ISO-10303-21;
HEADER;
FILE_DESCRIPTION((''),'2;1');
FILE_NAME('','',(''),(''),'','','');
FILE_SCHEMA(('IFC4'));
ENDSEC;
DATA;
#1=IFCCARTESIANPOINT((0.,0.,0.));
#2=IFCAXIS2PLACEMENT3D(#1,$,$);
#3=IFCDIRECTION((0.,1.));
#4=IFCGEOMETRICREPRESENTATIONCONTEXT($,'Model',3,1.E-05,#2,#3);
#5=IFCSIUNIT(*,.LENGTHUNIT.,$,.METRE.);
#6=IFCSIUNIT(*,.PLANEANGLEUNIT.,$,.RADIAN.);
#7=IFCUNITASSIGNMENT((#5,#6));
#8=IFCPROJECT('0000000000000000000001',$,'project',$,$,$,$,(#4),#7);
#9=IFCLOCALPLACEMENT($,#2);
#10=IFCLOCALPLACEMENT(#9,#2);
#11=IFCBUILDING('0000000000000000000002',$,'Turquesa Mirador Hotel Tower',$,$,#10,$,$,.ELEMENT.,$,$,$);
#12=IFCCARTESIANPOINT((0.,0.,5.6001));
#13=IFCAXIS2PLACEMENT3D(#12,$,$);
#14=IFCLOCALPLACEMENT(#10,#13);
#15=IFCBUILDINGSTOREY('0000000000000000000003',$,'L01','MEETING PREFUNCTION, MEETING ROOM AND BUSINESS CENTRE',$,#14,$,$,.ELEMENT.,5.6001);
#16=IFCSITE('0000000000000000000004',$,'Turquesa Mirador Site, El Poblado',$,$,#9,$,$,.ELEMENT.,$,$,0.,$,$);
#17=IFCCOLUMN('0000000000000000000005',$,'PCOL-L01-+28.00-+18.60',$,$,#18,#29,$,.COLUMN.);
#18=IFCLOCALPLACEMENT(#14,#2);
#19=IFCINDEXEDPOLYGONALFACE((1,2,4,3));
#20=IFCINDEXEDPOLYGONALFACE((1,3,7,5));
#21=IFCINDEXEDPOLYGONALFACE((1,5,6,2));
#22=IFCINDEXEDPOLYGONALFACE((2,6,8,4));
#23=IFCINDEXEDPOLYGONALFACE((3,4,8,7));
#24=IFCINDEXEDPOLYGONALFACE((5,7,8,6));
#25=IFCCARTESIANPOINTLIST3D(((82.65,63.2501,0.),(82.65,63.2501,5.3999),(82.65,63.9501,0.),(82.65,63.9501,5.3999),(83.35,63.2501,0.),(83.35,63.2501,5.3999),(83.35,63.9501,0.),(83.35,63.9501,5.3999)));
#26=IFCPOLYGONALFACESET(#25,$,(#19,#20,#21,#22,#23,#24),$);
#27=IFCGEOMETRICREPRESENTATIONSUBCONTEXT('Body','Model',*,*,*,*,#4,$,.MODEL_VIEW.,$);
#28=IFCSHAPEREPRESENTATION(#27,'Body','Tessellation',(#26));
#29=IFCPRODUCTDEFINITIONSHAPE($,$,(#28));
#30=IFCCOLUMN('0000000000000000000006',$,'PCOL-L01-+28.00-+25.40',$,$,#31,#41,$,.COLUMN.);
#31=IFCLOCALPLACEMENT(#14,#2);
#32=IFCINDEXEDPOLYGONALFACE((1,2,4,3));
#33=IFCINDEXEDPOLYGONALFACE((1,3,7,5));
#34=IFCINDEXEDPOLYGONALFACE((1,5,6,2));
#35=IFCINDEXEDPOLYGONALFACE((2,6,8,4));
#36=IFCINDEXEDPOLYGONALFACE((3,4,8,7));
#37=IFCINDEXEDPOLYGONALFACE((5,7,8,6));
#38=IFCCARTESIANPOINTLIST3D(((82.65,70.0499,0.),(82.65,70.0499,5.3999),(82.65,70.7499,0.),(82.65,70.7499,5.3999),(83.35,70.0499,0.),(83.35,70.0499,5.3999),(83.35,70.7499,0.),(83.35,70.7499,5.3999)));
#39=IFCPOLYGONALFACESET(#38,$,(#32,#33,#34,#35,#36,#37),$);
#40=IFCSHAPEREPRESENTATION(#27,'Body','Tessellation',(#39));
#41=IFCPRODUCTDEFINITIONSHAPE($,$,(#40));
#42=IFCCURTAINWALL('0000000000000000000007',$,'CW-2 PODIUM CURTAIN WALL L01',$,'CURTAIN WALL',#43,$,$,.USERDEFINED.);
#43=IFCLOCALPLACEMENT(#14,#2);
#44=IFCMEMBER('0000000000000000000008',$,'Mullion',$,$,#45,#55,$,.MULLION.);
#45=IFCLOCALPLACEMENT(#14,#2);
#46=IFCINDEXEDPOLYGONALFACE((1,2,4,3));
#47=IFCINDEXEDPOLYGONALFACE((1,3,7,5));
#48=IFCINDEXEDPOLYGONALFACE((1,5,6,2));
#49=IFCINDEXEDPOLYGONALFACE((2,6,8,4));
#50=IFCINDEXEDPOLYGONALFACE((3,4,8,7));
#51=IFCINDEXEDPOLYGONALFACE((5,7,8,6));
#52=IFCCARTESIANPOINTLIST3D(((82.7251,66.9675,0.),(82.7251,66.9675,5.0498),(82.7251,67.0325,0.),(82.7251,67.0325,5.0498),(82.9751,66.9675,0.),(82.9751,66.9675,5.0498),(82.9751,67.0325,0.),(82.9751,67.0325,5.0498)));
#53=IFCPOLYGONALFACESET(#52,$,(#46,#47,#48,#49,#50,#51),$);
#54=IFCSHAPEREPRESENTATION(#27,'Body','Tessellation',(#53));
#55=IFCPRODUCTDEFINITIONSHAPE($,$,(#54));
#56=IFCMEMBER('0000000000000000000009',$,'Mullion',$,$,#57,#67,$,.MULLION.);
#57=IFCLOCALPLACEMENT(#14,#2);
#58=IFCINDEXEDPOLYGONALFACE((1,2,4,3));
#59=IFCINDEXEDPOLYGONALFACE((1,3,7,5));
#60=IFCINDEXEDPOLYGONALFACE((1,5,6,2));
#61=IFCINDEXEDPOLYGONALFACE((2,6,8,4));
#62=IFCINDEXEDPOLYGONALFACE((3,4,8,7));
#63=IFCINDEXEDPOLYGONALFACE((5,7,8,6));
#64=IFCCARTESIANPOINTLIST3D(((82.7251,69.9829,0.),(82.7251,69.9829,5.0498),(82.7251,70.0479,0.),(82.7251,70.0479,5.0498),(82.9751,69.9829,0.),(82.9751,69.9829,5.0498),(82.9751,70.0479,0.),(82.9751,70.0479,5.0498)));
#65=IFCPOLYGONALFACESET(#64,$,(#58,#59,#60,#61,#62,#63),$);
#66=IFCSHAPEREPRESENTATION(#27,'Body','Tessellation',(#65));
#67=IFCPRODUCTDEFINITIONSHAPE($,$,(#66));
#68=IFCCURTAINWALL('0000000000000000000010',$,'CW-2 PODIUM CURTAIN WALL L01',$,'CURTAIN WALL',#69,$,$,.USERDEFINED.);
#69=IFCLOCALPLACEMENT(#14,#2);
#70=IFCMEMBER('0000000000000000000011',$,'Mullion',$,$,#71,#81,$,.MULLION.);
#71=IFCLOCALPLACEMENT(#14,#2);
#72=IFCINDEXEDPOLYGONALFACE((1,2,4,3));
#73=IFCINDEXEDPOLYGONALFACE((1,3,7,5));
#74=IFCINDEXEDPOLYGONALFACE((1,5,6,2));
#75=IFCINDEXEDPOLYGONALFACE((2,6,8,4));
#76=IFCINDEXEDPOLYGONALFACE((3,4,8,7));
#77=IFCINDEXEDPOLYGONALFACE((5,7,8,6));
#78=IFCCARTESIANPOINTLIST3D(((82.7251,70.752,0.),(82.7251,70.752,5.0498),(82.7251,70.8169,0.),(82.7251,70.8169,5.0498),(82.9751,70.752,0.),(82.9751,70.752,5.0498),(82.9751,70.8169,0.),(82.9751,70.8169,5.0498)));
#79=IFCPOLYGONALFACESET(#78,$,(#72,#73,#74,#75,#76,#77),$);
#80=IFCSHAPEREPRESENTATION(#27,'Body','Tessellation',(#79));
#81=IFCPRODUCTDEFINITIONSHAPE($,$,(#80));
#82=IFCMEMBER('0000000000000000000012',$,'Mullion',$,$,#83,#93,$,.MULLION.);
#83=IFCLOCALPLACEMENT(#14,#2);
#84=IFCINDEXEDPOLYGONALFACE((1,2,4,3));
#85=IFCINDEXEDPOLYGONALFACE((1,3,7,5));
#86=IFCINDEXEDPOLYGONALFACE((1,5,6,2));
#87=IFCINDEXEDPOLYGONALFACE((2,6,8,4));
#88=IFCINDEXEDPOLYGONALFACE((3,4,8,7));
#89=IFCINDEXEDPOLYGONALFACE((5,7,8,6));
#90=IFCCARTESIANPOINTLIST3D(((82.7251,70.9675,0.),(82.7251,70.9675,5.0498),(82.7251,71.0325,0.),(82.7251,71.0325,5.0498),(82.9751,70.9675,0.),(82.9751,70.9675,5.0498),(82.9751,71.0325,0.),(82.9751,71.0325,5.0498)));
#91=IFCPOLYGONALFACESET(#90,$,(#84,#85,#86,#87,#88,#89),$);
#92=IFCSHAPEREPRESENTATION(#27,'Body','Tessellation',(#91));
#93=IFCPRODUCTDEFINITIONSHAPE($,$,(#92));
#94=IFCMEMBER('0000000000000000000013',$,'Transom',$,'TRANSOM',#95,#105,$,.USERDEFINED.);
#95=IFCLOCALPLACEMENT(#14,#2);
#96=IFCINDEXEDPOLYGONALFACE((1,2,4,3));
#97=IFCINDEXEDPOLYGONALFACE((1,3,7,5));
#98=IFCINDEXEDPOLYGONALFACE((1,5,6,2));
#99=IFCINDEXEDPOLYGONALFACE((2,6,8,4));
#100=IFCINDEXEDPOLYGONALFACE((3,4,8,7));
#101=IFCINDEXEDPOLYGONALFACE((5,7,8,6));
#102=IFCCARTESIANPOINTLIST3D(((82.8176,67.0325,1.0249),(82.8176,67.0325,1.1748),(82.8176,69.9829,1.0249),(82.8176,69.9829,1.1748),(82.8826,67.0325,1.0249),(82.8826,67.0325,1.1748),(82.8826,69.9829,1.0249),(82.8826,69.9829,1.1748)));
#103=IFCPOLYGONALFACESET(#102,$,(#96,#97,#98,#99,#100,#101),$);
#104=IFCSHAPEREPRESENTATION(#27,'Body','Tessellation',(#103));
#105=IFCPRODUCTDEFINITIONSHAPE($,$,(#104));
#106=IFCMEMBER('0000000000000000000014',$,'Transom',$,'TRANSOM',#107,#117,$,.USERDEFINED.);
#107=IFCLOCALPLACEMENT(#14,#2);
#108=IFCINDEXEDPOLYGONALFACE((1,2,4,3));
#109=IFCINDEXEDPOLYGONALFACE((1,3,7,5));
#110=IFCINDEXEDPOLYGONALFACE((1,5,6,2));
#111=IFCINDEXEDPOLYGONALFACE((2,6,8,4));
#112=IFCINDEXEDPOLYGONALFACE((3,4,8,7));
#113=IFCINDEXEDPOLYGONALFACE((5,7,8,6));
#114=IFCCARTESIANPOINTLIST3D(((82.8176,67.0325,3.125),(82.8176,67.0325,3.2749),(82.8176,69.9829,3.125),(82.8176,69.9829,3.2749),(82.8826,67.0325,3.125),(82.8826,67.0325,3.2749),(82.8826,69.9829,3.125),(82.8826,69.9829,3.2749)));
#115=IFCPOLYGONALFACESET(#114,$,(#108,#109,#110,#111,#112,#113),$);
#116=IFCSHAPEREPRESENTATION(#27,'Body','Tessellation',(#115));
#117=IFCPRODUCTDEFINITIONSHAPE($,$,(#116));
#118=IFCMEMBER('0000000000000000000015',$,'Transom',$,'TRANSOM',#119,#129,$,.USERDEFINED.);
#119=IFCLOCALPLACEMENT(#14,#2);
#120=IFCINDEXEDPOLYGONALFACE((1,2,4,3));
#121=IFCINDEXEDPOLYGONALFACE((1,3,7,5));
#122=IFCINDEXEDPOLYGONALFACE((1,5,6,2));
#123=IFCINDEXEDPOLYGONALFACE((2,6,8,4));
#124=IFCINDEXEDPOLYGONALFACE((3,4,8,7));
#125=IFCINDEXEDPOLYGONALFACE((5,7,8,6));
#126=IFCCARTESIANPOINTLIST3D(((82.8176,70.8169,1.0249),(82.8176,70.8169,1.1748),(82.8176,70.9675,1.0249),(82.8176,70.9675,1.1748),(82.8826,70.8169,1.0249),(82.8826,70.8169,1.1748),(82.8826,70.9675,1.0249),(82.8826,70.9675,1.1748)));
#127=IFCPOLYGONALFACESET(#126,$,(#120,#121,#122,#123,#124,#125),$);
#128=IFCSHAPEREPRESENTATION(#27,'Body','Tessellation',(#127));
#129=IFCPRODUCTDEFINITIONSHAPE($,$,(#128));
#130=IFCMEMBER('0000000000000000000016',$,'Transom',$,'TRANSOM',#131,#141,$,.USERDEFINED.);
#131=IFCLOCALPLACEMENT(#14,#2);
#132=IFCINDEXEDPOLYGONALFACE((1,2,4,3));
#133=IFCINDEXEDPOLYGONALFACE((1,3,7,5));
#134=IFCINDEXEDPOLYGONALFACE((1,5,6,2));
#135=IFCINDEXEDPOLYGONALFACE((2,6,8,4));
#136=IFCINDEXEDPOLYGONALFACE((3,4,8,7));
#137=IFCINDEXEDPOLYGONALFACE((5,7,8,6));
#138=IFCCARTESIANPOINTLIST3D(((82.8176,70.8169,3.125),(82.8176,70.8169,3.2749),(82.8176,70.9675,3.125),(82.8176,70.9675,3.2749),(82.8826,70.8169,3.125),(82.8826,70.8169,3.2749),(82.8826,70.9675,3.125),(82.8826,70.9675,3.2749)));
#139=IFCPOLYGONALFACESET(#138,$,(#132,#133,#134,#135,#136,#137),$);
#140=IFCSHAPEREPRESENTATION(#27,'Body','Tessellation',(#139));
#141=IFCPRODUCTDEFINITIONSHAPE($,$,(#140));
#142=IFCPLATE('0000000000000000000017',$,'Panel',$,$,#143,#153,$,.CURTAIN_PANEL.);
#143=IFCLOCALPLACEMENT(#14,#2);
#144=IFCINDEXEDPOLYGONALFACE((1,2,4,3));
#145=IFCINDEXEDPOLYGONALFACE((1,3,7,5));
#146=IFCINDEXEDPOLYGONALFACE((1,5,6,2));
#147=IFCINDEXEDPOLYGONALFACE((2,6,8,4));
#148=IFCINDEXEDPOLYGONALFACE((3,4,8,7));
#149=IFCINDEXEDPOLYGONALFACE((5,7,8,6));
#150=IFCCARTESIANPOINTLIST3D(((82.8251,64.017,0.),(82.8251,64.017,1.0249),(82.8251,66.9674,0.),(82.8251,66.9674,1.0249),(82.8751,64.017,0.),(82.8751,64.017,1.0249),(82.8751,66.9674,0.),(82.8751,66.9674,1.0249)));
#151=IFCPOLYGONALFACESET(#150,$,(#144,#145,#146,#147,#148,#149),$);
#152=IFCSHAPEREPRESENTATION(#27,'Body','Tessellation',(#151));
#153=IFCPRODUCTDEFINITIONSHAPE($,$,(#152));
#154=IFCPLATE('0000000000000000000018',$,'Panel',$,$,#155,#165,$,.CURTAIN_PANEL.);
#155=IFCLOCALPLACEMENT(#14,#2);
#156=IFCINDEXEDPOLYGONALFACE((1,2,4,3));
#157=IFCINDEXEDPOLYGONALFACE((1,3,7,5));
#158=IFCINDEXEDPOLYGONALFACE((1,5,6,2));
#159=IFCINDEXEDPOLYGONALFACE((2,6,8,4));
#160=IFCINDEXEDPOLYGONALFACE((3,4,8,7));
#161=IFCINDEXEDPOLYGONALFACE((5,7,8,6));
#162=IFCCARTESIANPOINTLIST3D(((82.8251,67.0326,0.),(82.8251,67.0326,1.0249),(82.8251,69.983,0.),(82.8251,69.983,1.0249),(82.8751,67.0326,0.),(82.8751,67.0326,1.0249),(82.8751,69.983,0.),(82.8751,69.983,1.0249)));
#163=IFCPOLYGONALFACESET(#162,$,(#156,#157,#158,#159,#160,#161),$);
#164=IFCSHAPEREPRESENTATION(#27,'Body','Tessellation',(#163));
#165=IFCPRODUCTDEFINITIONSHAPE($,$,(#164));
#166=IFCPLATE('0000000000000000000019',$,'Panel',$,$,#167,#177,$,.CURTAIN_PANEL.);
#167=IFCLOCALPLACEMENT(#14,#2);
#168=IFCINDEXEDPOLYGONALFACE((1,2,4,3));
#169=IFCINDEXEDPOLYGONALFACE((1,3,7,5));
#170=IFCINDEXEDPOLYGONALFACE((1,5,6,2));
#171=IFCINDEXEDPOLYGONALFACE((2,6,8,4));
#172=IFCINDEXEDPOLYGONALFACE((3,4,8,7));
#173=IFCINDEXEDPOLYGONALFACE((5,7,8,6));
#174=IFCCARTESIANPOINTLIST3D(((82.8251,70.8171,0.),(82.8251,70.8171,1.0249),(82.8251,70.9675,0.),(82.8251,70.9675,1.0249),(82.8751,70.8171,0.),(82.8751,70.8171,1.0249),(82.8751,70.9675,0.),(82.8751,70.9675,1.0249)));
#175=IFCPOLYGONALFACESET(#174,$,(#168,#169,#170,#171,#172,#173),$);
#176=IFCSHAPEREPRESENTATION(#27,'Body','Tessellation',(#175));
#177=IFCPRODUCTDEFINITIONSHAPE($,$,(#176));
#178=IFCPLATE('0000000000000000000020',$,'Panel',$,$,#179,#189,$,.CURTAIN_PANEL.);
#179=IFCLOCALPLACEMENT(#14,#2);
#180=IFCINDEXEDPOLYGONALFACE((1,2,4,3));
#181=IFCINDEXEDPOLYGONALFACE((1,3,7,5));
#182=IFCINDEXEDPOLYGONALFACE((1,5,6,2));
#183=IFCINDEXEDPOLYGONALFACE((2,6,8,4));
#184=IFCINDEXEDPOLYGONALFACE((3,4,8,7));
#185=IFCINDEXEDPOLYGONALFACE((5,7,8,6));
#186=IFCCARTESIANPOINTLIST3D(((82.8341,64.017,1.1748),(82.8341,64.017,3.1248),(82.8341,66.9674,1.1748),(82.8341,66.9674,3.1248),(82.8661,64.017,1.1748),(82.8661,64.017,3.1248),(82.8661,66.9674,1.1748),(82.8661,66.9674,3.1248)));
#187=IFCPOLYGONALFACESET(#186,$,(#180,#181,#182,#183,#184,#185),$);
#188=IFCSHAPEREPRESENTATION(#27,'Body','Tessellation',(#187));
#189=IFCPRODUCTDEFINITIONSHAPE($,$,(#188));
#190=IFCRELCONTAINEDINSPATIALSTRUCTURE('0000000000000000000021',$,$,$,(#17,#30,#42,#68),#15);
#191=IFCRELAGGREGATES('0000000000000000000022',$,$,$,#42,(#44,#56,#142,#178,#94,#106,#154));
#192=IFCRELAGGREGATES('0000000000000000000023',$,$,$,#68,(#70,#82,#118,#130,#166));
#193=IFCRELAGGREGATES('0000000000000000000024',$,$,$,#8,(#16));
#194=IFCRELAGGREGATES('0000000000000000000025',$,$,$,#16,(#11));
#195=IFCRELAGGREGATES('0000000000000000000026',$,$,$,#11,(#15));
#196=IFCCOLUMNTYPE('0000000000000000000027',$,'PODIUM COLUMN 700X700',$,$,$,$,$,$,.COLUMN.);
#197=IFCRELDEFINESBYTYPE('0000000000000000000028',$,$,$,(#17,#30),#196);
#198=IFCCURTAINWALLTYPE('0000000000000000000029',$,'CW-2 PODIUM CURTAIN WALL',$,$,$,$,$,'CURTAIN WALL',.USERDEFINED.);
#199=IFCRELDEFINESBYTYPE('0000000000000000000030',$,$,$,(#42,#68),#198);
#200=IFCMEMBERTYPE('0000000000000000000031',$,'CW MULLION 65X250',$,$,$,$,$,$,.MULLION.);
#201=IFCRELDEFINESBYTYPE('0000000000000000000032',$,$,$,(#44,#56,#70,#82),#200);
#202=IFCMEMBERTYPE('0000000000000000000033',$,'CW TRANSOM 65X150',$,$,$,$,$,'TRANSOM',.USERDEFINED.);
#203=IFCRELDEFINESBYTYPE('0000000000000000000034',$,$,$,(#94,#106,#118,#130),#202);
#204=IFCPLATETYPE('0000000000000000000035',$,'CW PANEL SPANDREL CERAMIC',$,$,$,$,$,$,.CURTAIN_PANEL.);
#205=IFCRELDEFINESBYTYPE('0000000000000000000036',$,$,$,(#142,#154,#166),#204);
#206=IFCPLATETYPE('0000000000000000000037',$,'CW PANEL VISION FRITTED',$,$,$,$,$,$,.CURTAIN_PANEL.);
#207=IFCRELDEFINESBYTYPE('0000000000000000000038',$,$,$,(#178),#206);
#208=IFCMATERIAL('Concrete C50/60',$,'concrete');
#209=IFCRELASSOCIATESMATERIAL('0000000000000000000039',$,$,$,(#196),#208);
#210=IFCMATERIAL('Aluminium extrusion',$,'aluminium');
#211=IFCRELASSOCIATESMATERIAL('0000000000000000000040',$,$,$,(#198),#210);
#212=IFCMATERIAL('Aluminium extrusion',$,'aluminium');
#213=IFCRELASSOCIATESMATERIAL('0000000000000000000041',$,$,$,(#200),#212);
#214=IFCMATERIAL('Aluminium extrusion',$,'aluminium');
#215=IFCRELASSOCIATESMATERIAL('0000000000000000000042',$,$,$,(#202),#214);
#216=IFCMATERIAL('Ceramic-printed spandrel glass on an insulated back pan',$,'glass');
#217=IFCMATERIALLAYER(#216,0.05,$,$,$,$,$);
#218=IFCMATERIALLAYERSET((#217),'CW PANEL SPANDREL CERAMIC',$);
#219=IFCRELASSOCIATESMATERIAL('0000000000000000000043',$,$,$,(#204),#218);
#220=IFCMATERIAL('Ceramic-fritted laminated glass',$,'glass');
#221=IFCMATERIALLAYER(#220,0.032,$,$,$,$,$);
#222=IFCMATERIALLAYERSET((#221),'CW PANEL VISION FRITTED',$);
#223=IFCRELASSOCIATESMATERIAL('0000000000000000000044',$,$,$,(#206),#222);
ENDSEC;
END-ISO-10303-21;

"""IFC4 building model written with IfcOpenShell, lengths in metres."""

from ifc_helpers import new_model, si_unit, direction, frame, origin, origin_2d, place, context, subcontext, project, spatial, rectangle, extrude, material, layer, layer_set, material_profile, profile_set, type_object, element, aggregate, save


model = new_model("IFC4")

# Units and contexts
model_context = context("Model", 3, precision=1e-05, world=origin(), true_north=direction((0.0, 1.0)))
body_context = subcontext(model_context, "Body", "Model", "MODEL_VIEW")
ifc_project = project(units=[si_unit("LENGTHUNIT", "METRE"), si_unit("PLANEANGLEUNIT", "RADIAN")], contexts=[model_context])

# Site, building, storey
site_placement = place(None, origin())
site = spatial("IfcSite", under=ifc_project, at=site_placement, Name="Turquesa Mirador Site, El Poblado", CompositionType="ELEMENT", RefElevation=0.0)
building_placement = place(site_placement, origin())
building = spatial("IfcBuilding", under=site, at=building_placement, Name="Turquesa Mirador Hotel Tower", CompositionType="ELEMENT")
storey_placement = place(building_placement, frame((0.0, 0.0, 5.6001)))
storey = spatial("IfcBuildingStorey", under=building, at=storey_placement, Name="L01", Description="MEETING PREFUNCTION, MEETING ROOM AND BUSINESS CENTRE", CompositionType="ELEMENT", Elevation=5.6001)

# Columns
ifc_material_1 = material(Name="Concrete C50/60", Category="concrete")
ifc_material_profile_1 = material_profile(ifc_material_1, rectangle(XDim=0.7, YDim=0.7, at=origin_2d()), Name="RC 700X700")
ifc_profile_set_1 = profile_set([ifc_material_profile_1], Name="Concrete C50/60")
column_type = type_object("IfcColumnType", Name="PODIUM COLUMN 700X700", PredefinedType="COLUMN", material=ifc_profile_set_1)
for number, where, z_axis, x_axis, name in (
    (1, (83.0, 63.6001, 0.0), (0.0, 0.0, 1.0), (1.0, 0.0, 0.0), "PCOL-L01-+28.00-+18.60"),
    (2, (83.0, 70.3999, 0.0), (0.0, 0.0, 1.0), (1.0, 0.0, 0.0), "PCOL-L01-+28.00-+25.40"),
):
    element("IfcColumn", number, at=place(storey_placement, frame(where, z_axis=z_axis, x_axis=x_axis)), inside=storey, type_object=column_type, Name=name, PredefinedType="COLUMN", context=body_context, shape_type="SweptSolid", body=[
        extrude(rectangle(XDim=0.7, YDim=0.7, at=origin_2d()), origin(), (0.0, 0.0, 1.0), 5.3999),
    ])

# Curtain walls, members
ifc_material_2 = material(Name="Aluminium extrusion", Category="aluminium")
curtain_wall_type = type_object("IfcCurtainWallType", Name="CW-2 PODIUM CURTAIN WALL", ElementType="CURTAIN WALL", PredefinedType="USERDEFINED", material=ifc_material_2)
curtain_wall_1_placement = place(storey_placement, origin())
curtain_wall_1 = element("IfcCurtainWall", 3, at=curtain_wall_1_placement, inside=storey, type_object=curtain_wall_type, Name="CW-2 PODIUM CURTAIN WALL L01", ObjectType="CURTAIN WALL", PredefinedType="USERDEFINED")
ifc_material_3 = material(Name="Aluminium extrusion", Category="aluminium")
ifc_material_profile_2 = material_profile(ifc_material_3, rectangle(XDim=0.0649, YDim=0.25, at=origin_2d()), Name="MULLION 65X250")
ifc_profile_set_2 = profile_set([ifc_material_profile_2], Name="Aluminium extrusion")
member_type_1 = type_object("IfcMemberType", Name="CW MULLION 65X250", PredefinedType="MULLION", material=ifc_profile_set_2)
member_1_placement = place(storey_placement, frame((82.8501, 67.0, 0.0), z_axis=(0.0, 0.0, 1.0), x_axis=(0.0, 1.0, 0.0)))
member_1 = element("IfcMember", 4, at=member_1_placement, type_object=member_type_1, Name="Mullion", PredefinedType="MULLION", context=body_context, shape_type="SweptSolid", body=[
    extrude(rectangle(XDim=0.0649, YDim=0.25, at=origin_2d()), origin(), (0.0, 0.0, 1.0), 5.0498),
])
member_2_placement = place(storey_placement, frame((82.8501, 70.0154, 0.0), z_axis=(0.0, 0.0, 1.0), x_axis=(0.0, 1.0, 0.0)))
member_2 = element("IfcMember", 5, at=member_2_placement, type_object=member_type_1, Name="Mullion", PredefinedType="MULLION", context=body_context, shape_type="SweptSolid", body=[
    extrude(rectangle(XDim=0.0649, YDim=0.25, at=origin_2d()), origin(), (0.0, 0.0, 1.0), 5.0498),
])
curtain_wall_2_placement = place(storey_placement, origin())
curtain_wall_2 = element("IfcCurtainWall", 6, at=curtain_wall_2_placement, inside=storey, type_object=curtain_wall_type, Name="CW-2 PODIUM CURTAIN WALL L01", ObjectType="CURTAIN WALL", PredefinedType="USERDEFINED")
member_3_placement = place(storey_placement, frame((82.8501, 70.7844, 0.0), z_axis=(0.0, 0.0, 1.0), x_axis=(0.0, 1.0, 0.0)))
member_3 = element("IfcMember", 7, at=member_3_placement, type_object=member_type_1, Name="Mullion", PredefinedType="MULLION", context=body_context, shape_type="SweptSolid", body=[
    extrude(rectangle(XDim=0.0649, YDim=0.25, at=origin_2d()), origin(), (0.0, 0.0, 1.0), 5.0498),
])
member_4_placement = place(storey_placement, frame((82.8501, 71.0, 0.0), z_axis=(0.0, 0.0, 1.0), x_axis=(0.0, 1.0, 0.0)))
member_4 = element("IfcMember", 8, at=member_4_placement, type_object=member_type_1, Name="Mullion", PredefinedType="MULLION", context=body_context, shape_type="SweptSolid", body=[
    extrude(rectangle(XDim=0.0649, YDim=0.25, at=origin_2d()), origin(), (0.0, 0.0, 1.0), 5.0498),
])

# Members
ifc_material_4 = material(Name="Aluminium extrusion", Category="aluminium")
ifc_material_profile_3 = material_profile(ifc_material_4, rectangle(XDim=0.0649, YDim=0.1499, at=origin_2d()), Name="TRANSOM 65X150")
ifc_profile_set_3 = profile_set([ifc_material_profile_3], Name="Aluminium extrusion")
member_type_2 = type_object("IfcMemberType", Name="CW TRANSOM 65X150", ElementType="TRANSOM", PredefinedType="USERDEFINED", material=ifc_profile_set_3)
member_5_placement = place(storey_placement, frame((82.8501, 67.0325, 1.0999), z_axis=(0.0, 1.0, 0.0), x_axis=(-1.0, 0.0, 0.0)))
member_5 = element("IfcMember", 9, at=member_5_placement, type_object=member_type_2, Name="Transom", ObjectType="TRANSOM", PredefinedType="USERDEFINED", context=body_context, shape_type="SweptSolid", body=[
    extrude(rectangle(XDim=0.0649, YDim=0.1499, at=origin_2d()), origin(), (0.0, 0.0, 1.0), 2.9504),
])
member_6_placement = place(storey_placement, frame((82.8501, 67.0325, 3.2), z_axis=(0.0, 1.0, 0.0), x_axis=(-1.0, 0.0, 0.0)))
member_6 = element("IfcMember", 10, at=member_6_placement, type_object=member_type_2, Name="Transom", ObjectType="TRANSOM", PredefinedType="USERDEFINED", context=body_context, shape_type="SweptSolid", body=[
    extrude(rectangle(XDim=0.0649, YDim=0.1499, at=origin_2d()), origin(), (0.0, 0.0, 1.0), 2.9504),
])
member_7_placement = place(storey_placement, frame((82.8501, 70.8169, 1.0999), z_axis=(0.0, 1.0, 0.0), x_axis=(-1.0, 0.0, 0.0)))
member_7 = element("IfcMember", 11, at=member_7_placement, type_object=member_type_2, Name="Transom", ObjectType="TRANSOM", PredefinedType="USERDEFINED", context=body_context, shape_type="SweptSolid", body=[
    extrude(rectangle(XDim=0.0649, YDim=0.1499, at=origin_2d()), origin(), (0.0, 0.0, 1.0), 0.1506),
])
member_8_placement = place(storey_placement, frame((82.8501, 70.8169, 3.2), z_axis=(0.0, 1.0, 0.0), x_axis=(-1.0, 0.0, 0.0)))
member_8 = element("IfcMember", 12, at=member_8_placement, type_object=member_type_2, Name="Transom", ObjectType="TRANSOM", PredefinedType="USERDEFINED", context=body_context, shape_type="SweptSolid", body=[
    extrude(rectangle(XDim=0.0649, YDim=0.1499, at=origin_2d()), origin(), (0.0, 0.0, 1.0), 0.1506),
])

# Plates
ifc_material_5 = material(Name="Ceramic-printed spandrel glass on an insulated back pan", Category="glass")
ifc_layer_1 = layer(ifc_material_5, 0.05)
ifc_layer_set_1 = layer_set([ifc_layer_1], Name="CW PANEL SPANDREL CERAMIC")
plate_type_1 = type_object("IfcPlateType", Name="CW PANEL SPANDREL CERAMIC", PredefinedType="CURTAIN_PANEL", material=ifc_layer_set_1)
plate_1_placement = place(storey_placement, frame((82.8501, 65.4922, 0.0), z_axis=(0.0, 0.0, 1.0), x_axis=(0.0, 1.0, 0.0)))
plate_1 = element("IfcPlate", 13, at=plate_1_placement, type_object=plate_type_1, Name="Panel", PredefinedType="CURTAIN_PANEL", context=body_context, shape_type="SweptSolid", body=[
    extrude(rectangle(XDim=2.9504, YDim=0.05, at=origin_2d()), origin(), (0.0, 0.0, 1.0), 1.0249),
])
plate_2_placement = place(storey_placement, frame((82.8501, 68.5078, 0.0), z_axis=(0.0, 0.0, 1.0), x_axis=(0.0, 1.0, 0.0)))
plate_2 = element("IfcPlate", 14, at=plate_2_placement, type_object=plate_type_1, Name="Panel", PredefinedType="CURTAIN_PANEL", context=body_context, shape_type="SweptSolid", body=[
    extrude(rectangle(XDim=2.9504, YDim=0.05, at=origin_2d()), origin(), (0.0, 0.0, 1.0), 1.0249),
])
plate_3_placement = place(storey_placement, frame((82.8501, 70.8923, 0.0), z_axis=(0.0, 0.0, 1.0), x_axis=(0.0, 1.0, 0.0)))
plate_3 = element("IfcPlate", 15, at=plate_3_placement, type_object=plate_type_1, Name="Panel", PredefinedType="CURTAIN_PANEL", context=body_context, shape_type="SweptSolid", body=[
    extrude(rectangle(XDim=0.1504, YDim=0.05, at=origin_2d()), origin(), (0.0, 0.0, 1.0), 1.0249),
])
ifc_material_6 = material(Name="Ceramic-fritted laminated glass", Category="glass")
ifc_layer_2 = layer(ifc_material_6, 0.032)
ifc_layer_set_2 = layer_set([ifc_layer_2], Name="CW PANEL VISION FRITTED")
plate_type_2 = type_object("IfcPlateType", Name="CW PANEL VISION FRITTED", PredefinedType="CURTAIN_PANEL", material=ifc_layer_set_2)
plate_4_placement = place(storey_placement, frame((82.8501, 65.4922, 1.1748), z_axis=(0.0, 0.0, 1.0), x_axis=(0.0, 1.0, 0.0)))
plate_4 = element("IfcPlate", 16, at=plate_4_placement, type_object=plate_type_2, Name="Panel", PredefinedType="CURTAIN_PANEL", context=body_context, shape_type="SweptSolid", body=[
    extrude(rectangle(XDim=2.9504, YDim=0.032, at=origin_2d()), origin(), (0.0, 0.0, 1.0), 1.95),
])
aggregate(curtain_wall_1, [member_1, member_2, plate_1, plate_4, member_5, member_6, plate_2])
aggregate(curtain_wall_2, [member_3, member_4, member_7, member_8, plate_3])

save(model, "model.ifc")
